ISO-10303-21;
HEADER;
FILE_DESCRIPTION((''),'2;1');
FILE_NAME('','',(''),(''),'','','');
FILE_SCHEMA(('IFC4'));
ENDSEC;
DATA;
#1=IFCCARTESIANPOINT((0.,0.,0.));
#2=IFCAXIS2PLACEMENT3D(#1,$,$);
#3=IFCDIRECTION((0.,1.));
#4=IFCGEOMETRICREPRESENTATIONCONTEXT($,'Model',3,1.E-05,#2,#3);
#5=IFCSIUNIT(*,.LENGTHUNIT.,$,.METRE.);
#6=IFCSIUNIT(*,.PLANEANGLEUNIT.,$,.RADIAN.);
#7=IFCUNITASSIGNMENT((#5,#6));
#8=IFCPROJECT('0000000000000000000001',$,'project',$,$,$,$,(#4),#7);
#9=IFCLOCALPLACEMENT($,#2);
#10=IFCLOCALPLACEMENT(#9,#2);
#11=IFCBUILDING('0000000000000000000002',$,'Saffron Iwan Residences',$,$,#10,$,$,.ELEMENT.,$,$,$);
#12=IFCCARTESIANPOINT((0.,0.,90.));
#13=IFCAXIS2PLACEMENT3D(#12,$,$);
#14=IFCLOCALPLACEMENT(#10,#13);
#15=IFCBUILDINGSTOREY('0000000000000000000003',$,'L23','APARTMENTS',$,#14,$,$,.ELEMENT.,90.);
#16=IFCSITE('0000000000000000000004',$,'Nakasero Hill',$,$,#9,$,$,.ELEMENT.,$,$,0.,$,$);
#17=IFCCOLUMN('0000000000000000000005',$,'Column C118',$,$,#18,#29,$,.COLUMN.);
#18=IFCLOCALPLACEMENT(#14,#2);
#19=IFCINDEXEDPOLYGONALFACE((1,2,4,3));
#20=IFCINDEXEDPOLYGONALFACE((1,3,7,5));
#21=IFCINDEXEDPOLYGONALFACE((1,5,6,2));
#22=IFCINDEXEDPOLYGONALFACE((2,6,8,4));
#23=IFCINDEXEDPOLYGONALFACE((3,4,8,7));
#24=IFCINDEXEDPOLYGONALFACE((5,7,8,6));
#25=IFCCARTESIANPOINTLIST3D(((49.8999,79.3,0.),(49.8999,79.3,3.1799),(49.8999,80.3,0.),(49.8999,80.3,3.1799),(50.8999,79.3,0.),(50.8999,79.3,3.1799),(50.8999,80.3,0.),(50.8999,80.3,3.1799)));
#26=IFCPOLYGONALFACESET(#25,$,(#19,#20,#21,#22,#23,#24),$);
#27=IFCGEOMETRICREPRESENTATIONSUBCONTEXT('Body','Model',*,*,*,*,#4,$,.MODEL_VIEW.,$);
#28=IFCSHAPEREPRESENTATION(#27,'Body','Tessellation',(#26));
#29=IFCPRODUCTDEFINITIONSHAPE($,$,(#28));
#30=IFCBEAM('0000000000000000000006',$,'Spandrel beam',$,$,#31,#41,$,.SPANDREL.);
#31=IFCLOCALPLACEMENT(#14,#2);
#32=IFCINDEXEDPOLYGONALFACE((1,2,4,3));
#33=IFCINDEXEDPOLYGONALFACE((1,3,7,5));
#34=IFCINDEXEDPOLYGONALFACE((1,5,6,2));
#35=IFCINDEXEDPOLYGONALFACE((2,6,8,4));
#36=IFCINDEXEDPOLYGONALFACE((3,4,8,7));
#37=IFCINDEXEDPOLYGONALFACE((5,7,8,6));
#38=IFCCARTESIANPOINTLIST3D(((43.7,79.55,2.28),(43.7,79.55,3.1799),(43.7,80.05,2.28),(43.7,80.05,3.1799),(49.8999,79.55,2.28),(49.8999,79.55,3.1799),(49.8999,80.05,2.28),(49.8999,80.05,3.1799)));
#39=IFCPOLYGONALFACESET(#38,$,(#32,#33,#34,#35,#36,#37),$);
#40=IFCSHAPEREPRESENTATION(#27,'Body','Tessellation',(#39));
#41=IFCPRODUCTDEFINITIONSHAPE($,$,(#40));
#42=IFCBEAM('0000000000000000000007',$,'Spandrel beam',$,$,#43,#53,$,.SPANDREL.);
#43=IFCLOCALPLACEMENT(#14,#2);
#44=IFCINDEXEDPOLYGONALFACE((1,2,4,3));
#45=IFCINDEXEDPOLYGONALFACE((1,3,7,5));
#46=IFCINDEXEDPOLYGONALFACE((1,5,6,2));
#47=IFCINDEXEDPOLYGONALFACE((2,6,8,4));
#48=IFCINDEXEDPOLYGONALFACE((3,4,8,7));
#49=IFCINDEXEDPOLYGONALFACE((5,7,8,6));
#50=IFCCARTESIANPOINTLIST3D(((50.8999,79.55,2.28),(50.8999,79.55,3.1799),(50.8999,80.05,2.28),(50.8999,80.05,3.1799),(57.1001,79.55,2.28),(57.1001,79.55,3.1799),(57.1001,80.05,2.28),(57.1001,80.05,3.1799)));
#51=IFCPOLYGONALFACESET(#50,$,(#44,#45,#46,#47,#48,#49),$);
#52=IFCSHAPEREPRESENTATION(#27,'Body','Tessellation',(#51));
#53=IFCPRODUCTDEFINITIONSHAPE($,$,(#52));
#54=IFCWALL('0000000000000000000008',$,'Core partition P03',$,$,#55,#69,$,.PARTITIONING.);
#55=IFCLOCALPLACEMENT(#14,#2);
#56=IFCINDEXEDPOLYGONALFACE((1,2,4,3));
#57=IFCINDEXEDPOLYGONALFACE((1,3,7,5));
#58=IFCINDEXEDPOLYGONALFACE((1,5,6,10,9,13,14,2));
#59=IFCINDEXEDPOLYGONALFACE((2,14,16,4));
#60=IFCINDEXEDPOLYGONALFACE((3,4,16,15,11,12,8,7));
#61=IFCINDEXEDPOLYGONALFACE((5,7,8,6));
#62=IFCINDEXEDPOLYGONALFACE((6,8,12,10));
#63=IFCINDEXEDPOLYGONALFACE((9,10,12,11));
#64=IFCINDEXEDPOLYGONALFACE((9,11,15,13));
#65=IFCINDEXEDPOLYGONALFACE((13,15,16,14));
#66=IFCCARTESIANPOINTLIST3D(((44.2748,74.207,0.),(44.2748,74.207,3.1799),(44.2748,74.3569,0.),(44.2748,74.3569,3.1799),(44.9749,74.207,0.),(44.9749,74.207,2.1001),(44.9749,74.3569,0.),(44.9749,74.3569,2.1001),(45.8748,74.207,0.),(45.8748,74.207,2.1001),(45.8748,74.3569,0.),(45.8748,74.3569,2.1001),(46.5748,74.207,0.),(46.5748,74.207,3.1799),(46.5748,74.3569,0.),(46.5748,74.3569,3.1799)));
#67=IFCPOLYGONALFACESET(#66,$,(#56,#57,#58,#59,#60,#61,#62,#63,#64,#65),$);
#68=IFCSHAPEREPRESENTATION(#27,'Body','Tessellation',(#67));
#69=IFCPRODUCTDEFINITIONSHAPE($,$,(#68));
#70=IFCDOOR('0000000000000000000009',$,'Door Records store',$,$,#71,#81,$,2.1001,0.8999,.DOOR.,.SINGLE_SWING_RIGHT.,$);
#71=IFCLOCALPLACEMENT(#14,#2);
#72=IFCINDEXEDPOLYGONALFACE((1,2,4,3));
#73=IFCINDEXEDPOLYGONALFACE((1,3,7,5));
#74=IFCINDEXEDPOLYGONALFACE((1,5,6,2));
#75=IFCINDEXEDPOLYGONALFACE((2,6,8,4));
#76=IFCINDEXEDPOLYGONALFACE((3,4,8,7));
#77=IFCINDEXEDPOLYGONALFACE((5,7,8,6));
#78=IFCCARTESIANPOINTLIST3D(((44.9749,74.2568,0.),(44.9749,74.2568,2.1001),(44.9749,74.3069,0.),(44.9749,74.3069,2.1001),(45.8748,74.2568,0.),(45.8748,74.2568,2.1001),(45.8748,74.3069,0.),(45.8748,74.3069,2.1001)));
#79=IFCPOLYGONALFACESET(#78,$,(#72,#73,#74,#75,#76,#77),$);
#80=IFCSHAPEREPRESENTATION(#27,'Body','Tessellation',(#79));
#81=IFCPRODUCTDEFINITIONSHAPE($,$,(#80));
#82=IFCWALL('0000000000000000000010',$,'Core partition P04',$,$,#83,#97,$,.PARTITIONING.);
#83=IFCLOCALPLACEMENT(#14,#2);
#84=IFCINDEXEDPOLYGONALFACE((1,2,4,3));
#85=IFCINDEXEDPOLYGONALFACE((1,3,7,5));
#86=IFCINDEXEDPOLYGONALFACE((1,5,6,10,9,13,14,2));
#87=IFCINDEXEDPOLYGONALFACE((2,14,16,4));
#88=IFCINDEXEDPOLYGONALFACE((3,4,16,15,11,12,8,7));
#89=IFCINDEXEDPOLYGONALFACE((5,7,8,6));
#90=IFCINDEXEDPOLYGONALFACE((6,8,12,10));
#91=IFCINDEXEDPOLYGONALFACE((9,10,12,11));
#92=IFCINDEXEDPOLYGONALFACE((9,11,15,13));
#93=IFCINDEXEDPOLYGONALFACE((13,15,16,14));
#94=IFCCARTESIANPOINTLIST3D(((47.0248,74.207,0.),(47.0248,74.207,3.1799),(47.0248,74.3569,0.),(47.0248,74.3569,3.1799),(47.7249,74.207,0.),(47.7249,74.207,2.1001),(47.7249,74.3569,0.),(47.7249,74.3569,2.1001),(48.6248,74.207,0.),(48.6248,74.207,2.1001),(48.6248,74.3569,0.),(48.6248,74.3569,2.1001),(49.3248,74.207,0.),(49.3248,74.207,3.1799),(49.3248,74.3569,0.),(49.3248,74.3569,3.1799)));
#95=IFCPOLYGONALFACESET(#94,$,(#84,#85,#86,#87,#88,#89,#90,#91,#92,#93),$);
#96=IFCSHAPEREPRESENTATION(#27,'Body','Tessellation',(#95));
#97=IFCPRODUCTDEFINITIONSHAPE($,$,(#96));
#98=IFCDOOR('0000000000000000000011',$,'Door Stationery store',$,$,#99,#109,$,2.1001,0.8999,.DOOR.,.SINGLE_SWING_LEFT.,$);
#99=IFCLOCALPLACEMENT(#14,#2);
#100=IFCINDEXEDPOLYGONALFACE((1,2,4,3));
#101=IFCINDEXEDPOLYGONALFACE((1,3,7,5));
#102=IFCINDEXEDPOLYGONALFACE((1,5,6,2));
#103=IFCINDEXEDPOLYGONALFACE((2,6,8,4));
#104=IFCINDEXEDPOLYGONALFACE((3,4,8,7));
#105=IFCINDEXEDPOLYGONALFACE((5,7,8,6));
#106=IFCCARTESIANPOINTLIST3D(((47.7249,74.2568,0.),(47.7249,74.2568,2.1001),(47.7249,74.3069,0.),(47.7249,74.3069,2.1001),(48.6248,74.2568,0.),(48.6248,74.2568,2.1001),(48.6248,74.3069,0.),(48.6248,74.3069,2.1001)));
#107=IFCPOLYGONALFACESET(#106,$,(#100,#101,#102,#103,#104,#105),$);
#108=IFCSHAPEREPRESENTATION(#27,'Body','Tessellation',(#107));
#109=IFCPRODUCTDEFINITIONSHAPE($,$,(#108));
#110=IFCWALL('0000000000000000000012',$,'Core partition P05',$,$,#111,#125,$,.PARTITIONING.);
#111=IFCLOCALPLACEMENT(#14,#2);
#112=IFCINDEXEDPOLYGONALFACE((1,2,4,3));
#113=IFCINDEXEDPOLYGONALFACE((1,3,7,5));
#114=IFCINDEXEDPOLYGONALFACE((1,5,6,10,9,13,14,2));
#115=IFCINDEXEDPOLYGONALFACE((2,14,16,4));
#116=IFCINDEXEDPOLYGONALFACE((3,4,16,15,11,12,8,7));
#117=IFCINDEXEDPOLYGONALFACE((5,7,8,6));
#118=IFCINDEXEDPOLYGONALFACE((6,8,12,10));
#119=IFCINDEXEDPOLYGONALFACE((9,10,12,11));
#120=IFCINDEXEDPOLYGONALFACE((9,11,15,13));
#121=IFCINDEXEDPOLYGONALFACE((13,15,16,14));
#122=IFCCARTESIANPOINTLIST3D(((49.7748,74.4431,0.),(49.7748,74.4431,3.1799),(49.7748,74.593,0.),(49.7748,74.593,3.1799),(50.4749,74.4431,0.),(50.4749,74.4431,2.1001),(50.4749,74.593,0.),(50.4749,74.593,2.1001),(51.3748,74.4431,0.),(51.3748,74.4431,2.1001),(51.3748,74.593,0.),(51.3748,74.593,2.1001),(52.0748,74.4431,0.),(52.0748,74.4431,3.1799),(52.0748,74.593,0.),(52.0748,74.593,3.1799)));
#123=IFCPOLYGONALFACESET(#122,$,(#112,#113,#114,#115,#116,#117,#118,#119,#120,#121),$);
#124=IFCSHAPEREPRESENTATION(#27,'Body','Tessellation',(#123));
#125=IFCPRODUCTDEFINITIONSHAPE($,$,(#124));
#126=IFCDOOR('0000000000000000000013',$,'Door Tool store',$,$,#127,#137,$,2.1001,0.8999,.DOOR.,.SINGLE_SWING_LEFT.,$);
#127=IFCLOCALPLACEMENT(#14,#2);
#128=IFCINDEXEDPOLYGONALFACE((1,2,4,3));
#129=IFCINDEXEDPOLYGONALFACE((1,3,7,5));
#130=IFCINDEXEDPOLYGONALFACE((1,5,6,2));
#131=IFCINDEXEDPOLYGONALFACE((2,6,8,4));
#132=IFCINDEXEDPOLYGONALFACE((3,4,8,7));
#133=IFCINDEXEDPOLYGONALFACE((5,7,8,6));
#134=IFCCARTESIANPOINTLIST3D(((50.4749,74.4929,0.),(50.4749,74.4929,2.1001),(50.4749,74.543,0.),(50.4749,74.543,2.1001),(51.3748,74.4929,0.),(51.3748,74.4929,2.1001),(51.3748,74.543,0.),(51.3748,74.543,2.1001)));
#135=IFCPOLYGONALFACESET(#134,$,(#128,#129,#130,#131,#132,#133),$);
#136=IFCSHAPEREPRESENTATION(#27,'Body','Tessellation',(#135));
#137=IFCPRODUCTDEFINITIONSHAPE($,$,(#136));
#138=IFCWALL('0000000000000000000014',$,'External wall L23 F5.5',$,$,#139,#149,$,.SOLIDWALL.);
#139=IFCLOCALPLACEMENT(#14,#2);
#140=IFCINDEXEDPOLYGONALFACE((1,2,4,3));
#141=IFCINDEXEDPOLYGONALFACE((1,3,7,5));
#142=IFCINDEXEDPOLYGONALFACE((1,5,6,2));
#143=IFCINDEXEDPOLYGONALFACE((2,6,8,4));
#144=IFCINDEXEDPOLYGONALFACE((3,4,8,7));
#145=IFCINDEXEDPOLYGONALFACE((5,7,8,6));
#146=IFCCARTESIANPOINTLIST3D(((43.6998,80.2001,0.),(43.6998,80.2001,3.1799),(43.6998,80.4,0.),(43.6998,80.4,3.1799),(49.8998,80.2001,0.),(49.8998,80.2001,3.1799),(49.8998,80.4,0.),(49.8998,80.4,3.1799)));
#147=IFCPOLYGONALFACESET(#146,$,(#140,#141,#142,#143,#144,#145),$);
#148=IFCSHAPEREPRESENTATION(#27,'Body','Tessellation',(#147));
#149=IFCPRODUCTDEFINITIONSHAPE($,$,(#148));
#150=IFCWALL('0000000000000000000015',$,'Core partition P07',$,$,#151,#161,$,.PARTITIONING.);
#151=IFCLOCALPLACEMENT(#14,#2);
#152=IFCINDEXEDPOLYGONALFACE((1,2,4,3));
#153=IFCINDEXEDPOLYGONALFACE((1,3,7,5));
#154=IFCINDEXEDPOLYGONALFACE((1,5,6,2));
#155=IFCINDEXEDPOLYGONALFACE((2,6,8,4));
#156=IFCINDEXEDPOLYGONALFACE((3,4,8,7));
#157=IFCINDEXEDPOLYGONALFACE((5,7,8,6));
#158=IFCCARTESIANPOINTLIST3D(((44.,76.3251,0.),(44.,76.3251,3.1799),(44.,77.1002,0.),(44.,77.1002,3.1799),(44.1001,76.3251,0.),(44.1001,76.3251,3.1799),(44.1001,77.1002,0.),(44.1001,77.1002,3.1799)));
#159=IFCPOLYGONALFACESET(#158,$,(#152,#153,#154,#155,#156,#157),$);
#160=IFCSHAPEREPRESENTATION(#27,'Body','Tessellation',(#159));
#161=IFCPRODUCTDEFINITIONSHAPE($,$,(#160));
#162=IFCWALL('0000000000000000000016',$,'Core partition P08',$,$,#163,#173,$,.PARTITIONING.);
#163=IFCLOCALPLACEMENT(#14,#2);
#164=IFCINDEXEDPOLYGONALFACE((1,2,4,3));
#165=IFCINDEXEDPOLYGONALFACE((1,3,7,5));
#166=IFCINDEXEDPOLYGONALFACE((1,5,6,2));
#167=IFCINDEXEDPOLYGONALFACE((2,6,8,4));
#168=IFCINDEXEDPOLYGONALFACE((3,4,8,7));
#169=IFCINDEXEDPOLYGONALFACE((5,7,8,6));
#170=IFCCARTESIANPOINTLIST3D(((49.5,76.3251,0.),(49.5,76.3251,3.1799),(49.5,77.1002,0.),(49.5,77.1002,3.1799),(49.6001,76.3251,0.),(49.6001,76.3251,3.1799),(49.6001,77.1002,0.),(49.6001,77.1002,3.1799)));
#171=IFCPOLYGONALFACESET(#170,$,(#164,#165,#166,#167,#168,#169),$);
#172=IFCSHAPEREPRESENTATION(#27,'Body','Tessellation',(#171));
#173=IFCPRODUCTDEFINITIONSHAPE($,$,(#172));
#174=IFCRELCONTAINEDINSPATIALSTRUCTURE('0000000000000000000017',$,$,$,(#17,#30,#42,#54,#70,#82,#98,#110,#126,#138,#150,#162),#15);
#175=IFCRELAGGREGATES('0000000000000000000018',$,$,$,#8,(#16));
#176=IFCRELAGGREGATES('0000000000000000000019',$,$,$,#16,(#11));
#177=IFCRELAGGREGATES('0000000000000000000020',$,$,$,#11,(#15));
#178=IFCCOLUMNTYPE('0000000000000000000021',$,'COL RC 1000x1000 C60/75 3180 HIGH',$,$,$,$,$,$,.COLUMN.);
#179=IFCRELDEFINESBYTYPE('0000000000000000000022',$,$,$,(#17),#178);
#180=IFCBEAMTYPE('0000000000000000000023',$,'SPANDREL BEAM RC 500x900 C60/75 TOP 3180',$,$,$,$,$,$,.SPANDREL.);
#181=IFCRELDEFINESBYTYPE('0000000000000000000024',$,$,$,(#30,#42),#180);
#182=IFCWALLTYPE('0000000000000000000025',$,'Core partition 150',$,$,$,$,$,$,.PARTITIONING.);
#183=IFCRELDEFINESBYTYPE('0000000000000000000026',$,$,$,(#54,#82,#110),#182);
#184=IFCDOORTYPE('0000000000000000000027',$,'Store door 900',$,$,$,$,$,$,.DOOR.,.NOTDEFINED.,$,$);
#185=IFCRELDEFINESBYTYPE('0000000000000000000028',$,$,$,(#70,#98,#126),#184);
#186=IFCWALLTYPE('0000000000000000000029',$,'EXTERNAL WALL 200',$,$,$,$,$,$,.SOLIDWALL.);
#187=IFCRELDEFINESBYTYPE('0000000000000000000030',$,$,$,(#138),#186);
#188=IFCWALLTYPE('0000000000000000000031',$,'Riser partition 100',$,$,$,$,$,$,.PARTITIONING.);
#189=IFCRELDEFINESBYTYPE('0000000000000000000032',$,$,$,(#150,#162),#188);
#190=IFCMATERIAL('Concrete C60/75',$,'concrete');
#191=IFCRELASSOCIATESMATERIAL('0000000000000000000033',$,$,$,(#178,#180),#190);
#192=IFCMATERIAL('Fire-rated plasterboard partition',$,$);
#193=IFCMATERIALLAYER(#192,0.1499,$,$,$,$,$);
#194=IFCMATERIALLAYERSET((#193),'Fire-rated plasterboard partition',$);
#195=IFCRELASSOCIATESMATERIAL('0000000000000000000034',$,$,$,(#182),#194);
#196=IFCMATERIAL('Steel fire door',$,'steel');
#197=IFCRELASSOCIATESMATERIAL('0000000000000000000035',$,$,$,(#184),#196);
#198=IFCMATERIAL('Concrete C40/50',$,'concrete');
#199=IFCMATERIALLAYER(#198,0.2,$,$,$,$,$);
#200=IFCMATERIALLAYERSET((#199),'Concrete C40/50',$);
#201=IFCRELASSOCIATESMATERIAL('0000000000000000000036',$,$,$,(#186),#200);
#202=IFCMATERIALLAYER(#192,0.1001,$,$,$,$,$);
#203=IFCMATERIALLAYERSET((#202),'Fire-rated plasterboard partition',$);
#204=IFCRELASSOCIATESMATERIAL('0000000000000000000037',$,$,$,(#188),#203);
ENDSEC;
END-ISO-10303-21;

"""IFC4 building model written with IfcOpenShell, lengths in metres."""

from ifc_helpers import new_model, si_unit, direction, frame, frame_2d, origin, origin_2d, place, context, subcontext, project, spatial, rectangle, extrude, source, transform, mapped, material, layer, layer_set, material_profile, profile_set, type_object, element, fill, save


model = new_model("IFC4")

# Units and contexts
model_context = context("Model", 3, precision=1e-05, world=origin(), true_north=direction((0.0, 1.0)))
body_context = subcontext(model_context, "Body", "Model", "MODEL_VIEW")
ifc_project = project(units=[si_unit("LENGTHUNIT", "METRE"), si_unit("PLANEANGLEUNIT", "RADIAN")], contexts=[model_context])

# Site, building, storey
site_placement = place(None, origin())
site = spatial("IfcSite", under=ifc_project, at=site_placement, Name="Nakasero Hill", CompositionType="ELEMENT", RefElevation=0.0)
building_placement = place(site_placement, origin())
building = spatial("IfcBuilding", under=site, at=building_placement, Name="Saffron Iwan Residences", CompositionType="ELEMENT")
storey_placement = place(building_placement, frame((0.0, 0.0, 90.0)))
storey = spatial("IfcBuildingStorey", under=building, at=storey_placement, Name="L23", Description="APARTMENTS", CompositionType="ELEMENT", Elevation=90.0)

# Column
ifc_material_1 = material(Name="Concrete C60/75", Category="concrete")
ifc_material_profile_1 = material_profile(ifc_material_1, rectangle(XDim=1.0, YDim=1.0, at=origin_2d()), Name="RC 1000x1000")
ifc_profile_set_1 = profile_set([ifc_material_profile_1], Name="Concrete C60/75")
column_type = type_object("IfcColumnType", Name="COL RC 1000x1000 C60/75 3180 HIGH", PredefinedType="COLUMN", material=ifc_profile_set_1)
shared_shape_1 = source(origin(), body_context, "Body", "SweptSolid", [
    extrude(rectangle(XDim=1.0, YDim=1.0, at=origin_2d()), origin(), (0.0, 0.0, 1.0), 3.1799),
])
column_placement = place(storey_placement, frame((50.3999, 79.8, 0.0), z_axis=(0.0, 0.0, 1.0), x_axis=(1.0, 0.0, 0.0)))
element("IfcColumn", 1, at=column_placement, inside=storey, type_object=column_type, Name="Column C118", PredefinedType="COLUMN", context=body_context, shape_type="MappedRepresentation", body=[
    mapped(shared_shape_1, transform((0.0, 0.0, 0.0))),
])

# Beams
ifc_material_profile_2 = material_profile(ifc_material_1, rectangle(XDim=0.5, YDim=0.8999, at=origin_2d()), Name="RC 500x900")
ifc_profile_set_2 = profile_set([ifc_material_profile_2], Name="Concrete C60/75")
beam_type = type_object("IfcBeamType", Name="SPANDREL BEAM RC 500x900 C60/75 TOP 3180", PredefinedType="SPANDREL", material=ifc_profile_set_2)
shared_shape_2 = source(origin(), body_context, "Body", "SweptSolid", [
    extrude(rectangle(XDim=0.5, YDim=0.8999, at=origin_2d()), origin(), (0.0, 0.0, 1.0), 6.2),
])
beam_1_placement = place(storey_placement, frame((43.7, 79.8, 2.73), z_axis=(1.0, 0.0, 0.0), x_axis=(0.0, 1.0, 0.0)))
element("IfcBeam", 2, at=beam_1_placement, inside=storey, type_object=beam_type, Name="Spandrel beam", PredefinedType="SPANDREL", context=body_context, shape_type="MappedRepresentation", body=[
    mapped(shared_shape_2, transform((0.0, 0.0, 0.0))),
])
shared_shape_3 = source(origin(), body_context, "Body", "SweptSolid", [
    extrude(rectangle(XDim=0.5, YDim=0.8999, at=origin_2d()), origin(), (0.0, 0.0, 1.0), 6.2002),
])
beam_2_placement = place(storey_placement, frame((50.8999, 79.8, 2.73), z_axis=(1.0, 0.0, 0.0), x_axis=(0.0, 1.0, 0.0)))
element("IfcBeam", 3, at=beam_2_placement, inside=storey, type_object=beam_type, Name="Spandrel beam", PredefinedType="SPANDREL", context=body_context, shape_type="MappedRepresentation", body=[
    mapped(shared_shape_3, transform((0.0, 0.0, 0.0))),
])

# Walls, openings, doors
ifc_material_2 = material(Name="Fire-rated plasterboard partition")
ifc_layer_1 = layer(ifc_material_2, 0.1499)
ifc_layer_set_1 = layer_set([ifc_layer_1], Name="Fire-rated plasterboard partition")
wall_type_1 = type_object("IfcWallType", Name="Core partition 150", PredefinedType="PARTITIONING", material=ifc_layer_set_1)
wall_1_placement = place(storey_placement, frame((44.2749, 74.282, 0.0), z_axis=(0.0, 0.0, 1.0), x_axis=(1.0, 0.0, 0.0)))
wall_1 = element("IfcWall", 4, at=wall_1_placement, inside=storey, type_object=wall_type_1, Name="Core partition P03", PredefinedType="PARTITIONING", context=body_context, shape_type="SweptSolid", body=[
    extrude(rectangle(XDim=2.3, YDim=0.1499, at=frame_2d((1.1499, 0.0))), origin(), (0.0, 0.0, 1.0), 3.1799),
])
opening_1_placement = place(wall_1_placement, frame((0.7, 0.0, 0.0)))
opening_1 = element("IfcOpeningElement", 5, at=opening_1_placement, cuts=wall_1, PredefinedType="OPENING", context=body_context, shape_type="SweptSolid", body=[
    extrude(rectangle(XDim=0.8999, YDim=2.1001, at=frame_2d((0.45, 1.05))), frame((0.0, 0.085, 0.0), z_axis=(0.0, -1.0, 0.0), x_axis=(1.0, 0.0, 0.0)), (0.0, 0.0, 1.0), 0.1699),
])
ifc_material_3 = material(Name="Steel fire door", Category="steel")
door_type = type_object("IfcDoorType", Name="Store door 900", OperationType="NOTDEFINED", PredefinedType="DOOR", material=ifc_material_3)
door_1_placement = place(opening_1_placement, origin())
door_1 = element("IfcDoor", 6, at=door_1_placement, inside=storey, type_object=door_type, Name="Door Records store", OperationType="SINGLE_SWING_RIGHT", OverallHeight=2.1001, OverallWidth=0.8999, PredefinedType="DOOR", context=body_context, shape_type="SweptSolid", body=[
    extrude(rectangle(XDim=0.8999, YDim=2.1001, at=frame_2d((0.45, 1.05))), frame((0.0, 0.0249, 0.0), z_axis=(0.0, -1.0, 0.0), x_axis=(1.0, 0.0, 0.0)), (0.0, 0.0, 1.0), 0.05),
])
fill(opening_1, door_1)
wall_2_placement = place(storey_placement, frame((47.0249, 74.282, 0.0), z_axis=(0.0, 0.0, 1.0), x_axis=(1.0, 0.0, 0.0)))
wall_2 = element("IfcWall", 7, at=wall_2_placement, inside=storey, type_object=wall_type_1, Name="Core partition P04", PredefinedType="PARTITIONING", context=body_context, shape_type="SweptSolid", body=[
    extrude(rectangle(XDim=2.3, YDim=0.1499, at=frame_2d((1.1499, 0.0))), origin(), (0.0, 0.0, 1.0), 3.1799),
])
opening_2_placement = place(wall_2_placement, frame((0.7, 0.0, 0.0)))
opening_2 = element("IfcOpeningElement", 8, at=opening_2_placement, cuts=wall_2, PredefinedType="OPENING", context=body_context, shape_type="SweptSolid", body=[
    extrude(rectangle(XDim=0.8999, YDim=2.1001, at=frame_2d((0.45, 1.05))), frame((0.0, 0.085, 0.0), z_axis=(0.0, -1.0, 0.0), x_axis=(1.0, 0.0, 0.0)), (0.0, 0.0, 1.0), 0.1699),
])
door_2_placement = place(opening_2_placement, origin())
door_2 = element("IfcDoor", 9, at=door_2_placement, inside=storey, type_object=door_type, Name="Door Stationery store", OperationType="SINGLE_SWING_LEFT", OverallHeight=2.1001, OverallWidth=0.8999, PredefinedType="DOOR", context=body_context, shape_type="SweptSolid", body=[
    extrude(rectangle(XDim=0.8999, YDim=2.1001, at=frame_2d((0.45, 1.05))), frame((0.0, 0.0249, 0.0), z_axis=(0.0, -1.0, 0.0), x_axis=(1.0, 0.0, 0.0)), (0.0, 0.0, 1.0), 0.05),
])
fill(opening_2, door_2)
wall_3_placement = place(storey_placement, frame((49.7749, 74.5181, 0.0), z_axis=(0.0, 0.0, 1.0), x_axis=(1.0, 0.0, 0.0)))
wall_3 = element("IfcWall", 10, at=wall_3_placement, inside=storey, type_object=wall_type_1, Name="Core partition P05", PredefinedType="PARTITIONING", context=body_context, shape_type="SweptSolid", body=[
    extrude(rectangle(XDim=2.3, YDim=0.1499, at=frame_2d((1.1499, 0.0))), origin(), (0.0, 0.0, 1.0), 3.1799),
])
opening_3_placement = place(wall_3_placement, frame((0.7, 0.0, 0.0)))
opening_3 = element("IfcOpeningElement", 11, at=opening_3_placement, cuts=wall_3, PredefinedType="OPENING", context=body_context, shape_type="SweptSolid", body=[
    extrude(rectangle(XDim=0.8999, YDim=2.1001, at=frame_2d((0.45, 1.05))), frame((0.0, 0.085, 0.0), z_axis=(0.0, -1.0, 0.0), x_axis=(1.0, 0.0, 0.0)), (0.0, 0.0, 1.0), 0.1699),
])
door_3_placement = place(opening_3_placement, origin())
door_3 = element("IfcDoor", 12, at=door_3_placement, inside=storey, type_object=door_type, Name="Door Tool store", OperationType="SINGLE_SWING_LEFT", OverallHeight=2.1001, OverallWidth=0.8999, PredefinedType="DOOR", context=body_context, shape_type="SweptSolid", body=[
    extrude(rectangle(XDim=0.8999, YDim=2.1001, at=frame_2d((0.45, 1.05))), frame((0.0, 0.0249, 0.0), z_axis=(0.0, -1.0, 0.0), x_axis=(1.0, 0.0, 0.0)), (0.0, 0.0, 1.0), 0.05),
])
fill(opening_3, door_3)

# Walls
ifc_material_4 = material(Name="Concrete C40/50", Category="concrete")
ifc_layer_2 = layer(ifc_material_4, 0.2)
ifc_layer_set_2 = layer_set([ifc_layer_2], Name="Concrete C40/50")
wall_type_2 = type_object("IfcWallType", Name="EXTERNAL WALL 200", PredefinedType="SOLIDWALL", material=ifc_layer_set_2)
wall_4_placement = place(storey_placement, frame((49.8999, 80.3, 0.0), z_axis=(0.0, 0.0, 1.0), x_axis=(-1.0, 0.0, 0.0)))
element("IfcWall", 13, at=wall_4_placement, inside=storey, type_object=wall_type_2, Name="External wall L23 F5.5", PredefinedType="SOLIDWALL", context=body_context, shape_type="SweptSolid", body=[
    extrude(rectangle(XDim=6.2, YDim=0.2, at=frame_2d((3.1001, 0.0))), origin(), (0.0, 0.0, 1.0), 3.1799),
])
ifc_layer_3 = layer(ifc_material_2, 0.1001)
ifc_layer_set_3 = layer_set([ifc_layer_3], Name="Fire-rated plasterboard partition")
wall_type_3 = type_object("IfcWallType", Name="Riser partition 100", PredefinedType="PARTITIONING", material=ifc_layer_set_3)
for number, where, z_axis, x_axis, name in (
    (14, (44.05, 76.325, 0.0), (0.0, 0.0, 1.0), (0.0, 1.0, 0.0), "Core partition P07"),
    (15, (49.55, 76.325, 0.0), (0.0, 0.0, 1.0), (0.0, 1.0, 0.0), "Core partition P08"),
):
    element("IfcWall", number, at=place(storey_placement, frame(where, z_axis=z_axis, x_axis=x_axis)), inside=storey, type_object=wall_type_3, Name=name, PredefinedType="PARTITIONING", context=body_context, shape_type="SweptSolid", body=[
        extrude(rectangle(XDim=0.7751, YDim=0.1001, at=frame_2d((0.3877, 0.0))), origin(), (0.0, 0.0, 1.0), 3.1799),
    ])

save(model, "model.ifc")
